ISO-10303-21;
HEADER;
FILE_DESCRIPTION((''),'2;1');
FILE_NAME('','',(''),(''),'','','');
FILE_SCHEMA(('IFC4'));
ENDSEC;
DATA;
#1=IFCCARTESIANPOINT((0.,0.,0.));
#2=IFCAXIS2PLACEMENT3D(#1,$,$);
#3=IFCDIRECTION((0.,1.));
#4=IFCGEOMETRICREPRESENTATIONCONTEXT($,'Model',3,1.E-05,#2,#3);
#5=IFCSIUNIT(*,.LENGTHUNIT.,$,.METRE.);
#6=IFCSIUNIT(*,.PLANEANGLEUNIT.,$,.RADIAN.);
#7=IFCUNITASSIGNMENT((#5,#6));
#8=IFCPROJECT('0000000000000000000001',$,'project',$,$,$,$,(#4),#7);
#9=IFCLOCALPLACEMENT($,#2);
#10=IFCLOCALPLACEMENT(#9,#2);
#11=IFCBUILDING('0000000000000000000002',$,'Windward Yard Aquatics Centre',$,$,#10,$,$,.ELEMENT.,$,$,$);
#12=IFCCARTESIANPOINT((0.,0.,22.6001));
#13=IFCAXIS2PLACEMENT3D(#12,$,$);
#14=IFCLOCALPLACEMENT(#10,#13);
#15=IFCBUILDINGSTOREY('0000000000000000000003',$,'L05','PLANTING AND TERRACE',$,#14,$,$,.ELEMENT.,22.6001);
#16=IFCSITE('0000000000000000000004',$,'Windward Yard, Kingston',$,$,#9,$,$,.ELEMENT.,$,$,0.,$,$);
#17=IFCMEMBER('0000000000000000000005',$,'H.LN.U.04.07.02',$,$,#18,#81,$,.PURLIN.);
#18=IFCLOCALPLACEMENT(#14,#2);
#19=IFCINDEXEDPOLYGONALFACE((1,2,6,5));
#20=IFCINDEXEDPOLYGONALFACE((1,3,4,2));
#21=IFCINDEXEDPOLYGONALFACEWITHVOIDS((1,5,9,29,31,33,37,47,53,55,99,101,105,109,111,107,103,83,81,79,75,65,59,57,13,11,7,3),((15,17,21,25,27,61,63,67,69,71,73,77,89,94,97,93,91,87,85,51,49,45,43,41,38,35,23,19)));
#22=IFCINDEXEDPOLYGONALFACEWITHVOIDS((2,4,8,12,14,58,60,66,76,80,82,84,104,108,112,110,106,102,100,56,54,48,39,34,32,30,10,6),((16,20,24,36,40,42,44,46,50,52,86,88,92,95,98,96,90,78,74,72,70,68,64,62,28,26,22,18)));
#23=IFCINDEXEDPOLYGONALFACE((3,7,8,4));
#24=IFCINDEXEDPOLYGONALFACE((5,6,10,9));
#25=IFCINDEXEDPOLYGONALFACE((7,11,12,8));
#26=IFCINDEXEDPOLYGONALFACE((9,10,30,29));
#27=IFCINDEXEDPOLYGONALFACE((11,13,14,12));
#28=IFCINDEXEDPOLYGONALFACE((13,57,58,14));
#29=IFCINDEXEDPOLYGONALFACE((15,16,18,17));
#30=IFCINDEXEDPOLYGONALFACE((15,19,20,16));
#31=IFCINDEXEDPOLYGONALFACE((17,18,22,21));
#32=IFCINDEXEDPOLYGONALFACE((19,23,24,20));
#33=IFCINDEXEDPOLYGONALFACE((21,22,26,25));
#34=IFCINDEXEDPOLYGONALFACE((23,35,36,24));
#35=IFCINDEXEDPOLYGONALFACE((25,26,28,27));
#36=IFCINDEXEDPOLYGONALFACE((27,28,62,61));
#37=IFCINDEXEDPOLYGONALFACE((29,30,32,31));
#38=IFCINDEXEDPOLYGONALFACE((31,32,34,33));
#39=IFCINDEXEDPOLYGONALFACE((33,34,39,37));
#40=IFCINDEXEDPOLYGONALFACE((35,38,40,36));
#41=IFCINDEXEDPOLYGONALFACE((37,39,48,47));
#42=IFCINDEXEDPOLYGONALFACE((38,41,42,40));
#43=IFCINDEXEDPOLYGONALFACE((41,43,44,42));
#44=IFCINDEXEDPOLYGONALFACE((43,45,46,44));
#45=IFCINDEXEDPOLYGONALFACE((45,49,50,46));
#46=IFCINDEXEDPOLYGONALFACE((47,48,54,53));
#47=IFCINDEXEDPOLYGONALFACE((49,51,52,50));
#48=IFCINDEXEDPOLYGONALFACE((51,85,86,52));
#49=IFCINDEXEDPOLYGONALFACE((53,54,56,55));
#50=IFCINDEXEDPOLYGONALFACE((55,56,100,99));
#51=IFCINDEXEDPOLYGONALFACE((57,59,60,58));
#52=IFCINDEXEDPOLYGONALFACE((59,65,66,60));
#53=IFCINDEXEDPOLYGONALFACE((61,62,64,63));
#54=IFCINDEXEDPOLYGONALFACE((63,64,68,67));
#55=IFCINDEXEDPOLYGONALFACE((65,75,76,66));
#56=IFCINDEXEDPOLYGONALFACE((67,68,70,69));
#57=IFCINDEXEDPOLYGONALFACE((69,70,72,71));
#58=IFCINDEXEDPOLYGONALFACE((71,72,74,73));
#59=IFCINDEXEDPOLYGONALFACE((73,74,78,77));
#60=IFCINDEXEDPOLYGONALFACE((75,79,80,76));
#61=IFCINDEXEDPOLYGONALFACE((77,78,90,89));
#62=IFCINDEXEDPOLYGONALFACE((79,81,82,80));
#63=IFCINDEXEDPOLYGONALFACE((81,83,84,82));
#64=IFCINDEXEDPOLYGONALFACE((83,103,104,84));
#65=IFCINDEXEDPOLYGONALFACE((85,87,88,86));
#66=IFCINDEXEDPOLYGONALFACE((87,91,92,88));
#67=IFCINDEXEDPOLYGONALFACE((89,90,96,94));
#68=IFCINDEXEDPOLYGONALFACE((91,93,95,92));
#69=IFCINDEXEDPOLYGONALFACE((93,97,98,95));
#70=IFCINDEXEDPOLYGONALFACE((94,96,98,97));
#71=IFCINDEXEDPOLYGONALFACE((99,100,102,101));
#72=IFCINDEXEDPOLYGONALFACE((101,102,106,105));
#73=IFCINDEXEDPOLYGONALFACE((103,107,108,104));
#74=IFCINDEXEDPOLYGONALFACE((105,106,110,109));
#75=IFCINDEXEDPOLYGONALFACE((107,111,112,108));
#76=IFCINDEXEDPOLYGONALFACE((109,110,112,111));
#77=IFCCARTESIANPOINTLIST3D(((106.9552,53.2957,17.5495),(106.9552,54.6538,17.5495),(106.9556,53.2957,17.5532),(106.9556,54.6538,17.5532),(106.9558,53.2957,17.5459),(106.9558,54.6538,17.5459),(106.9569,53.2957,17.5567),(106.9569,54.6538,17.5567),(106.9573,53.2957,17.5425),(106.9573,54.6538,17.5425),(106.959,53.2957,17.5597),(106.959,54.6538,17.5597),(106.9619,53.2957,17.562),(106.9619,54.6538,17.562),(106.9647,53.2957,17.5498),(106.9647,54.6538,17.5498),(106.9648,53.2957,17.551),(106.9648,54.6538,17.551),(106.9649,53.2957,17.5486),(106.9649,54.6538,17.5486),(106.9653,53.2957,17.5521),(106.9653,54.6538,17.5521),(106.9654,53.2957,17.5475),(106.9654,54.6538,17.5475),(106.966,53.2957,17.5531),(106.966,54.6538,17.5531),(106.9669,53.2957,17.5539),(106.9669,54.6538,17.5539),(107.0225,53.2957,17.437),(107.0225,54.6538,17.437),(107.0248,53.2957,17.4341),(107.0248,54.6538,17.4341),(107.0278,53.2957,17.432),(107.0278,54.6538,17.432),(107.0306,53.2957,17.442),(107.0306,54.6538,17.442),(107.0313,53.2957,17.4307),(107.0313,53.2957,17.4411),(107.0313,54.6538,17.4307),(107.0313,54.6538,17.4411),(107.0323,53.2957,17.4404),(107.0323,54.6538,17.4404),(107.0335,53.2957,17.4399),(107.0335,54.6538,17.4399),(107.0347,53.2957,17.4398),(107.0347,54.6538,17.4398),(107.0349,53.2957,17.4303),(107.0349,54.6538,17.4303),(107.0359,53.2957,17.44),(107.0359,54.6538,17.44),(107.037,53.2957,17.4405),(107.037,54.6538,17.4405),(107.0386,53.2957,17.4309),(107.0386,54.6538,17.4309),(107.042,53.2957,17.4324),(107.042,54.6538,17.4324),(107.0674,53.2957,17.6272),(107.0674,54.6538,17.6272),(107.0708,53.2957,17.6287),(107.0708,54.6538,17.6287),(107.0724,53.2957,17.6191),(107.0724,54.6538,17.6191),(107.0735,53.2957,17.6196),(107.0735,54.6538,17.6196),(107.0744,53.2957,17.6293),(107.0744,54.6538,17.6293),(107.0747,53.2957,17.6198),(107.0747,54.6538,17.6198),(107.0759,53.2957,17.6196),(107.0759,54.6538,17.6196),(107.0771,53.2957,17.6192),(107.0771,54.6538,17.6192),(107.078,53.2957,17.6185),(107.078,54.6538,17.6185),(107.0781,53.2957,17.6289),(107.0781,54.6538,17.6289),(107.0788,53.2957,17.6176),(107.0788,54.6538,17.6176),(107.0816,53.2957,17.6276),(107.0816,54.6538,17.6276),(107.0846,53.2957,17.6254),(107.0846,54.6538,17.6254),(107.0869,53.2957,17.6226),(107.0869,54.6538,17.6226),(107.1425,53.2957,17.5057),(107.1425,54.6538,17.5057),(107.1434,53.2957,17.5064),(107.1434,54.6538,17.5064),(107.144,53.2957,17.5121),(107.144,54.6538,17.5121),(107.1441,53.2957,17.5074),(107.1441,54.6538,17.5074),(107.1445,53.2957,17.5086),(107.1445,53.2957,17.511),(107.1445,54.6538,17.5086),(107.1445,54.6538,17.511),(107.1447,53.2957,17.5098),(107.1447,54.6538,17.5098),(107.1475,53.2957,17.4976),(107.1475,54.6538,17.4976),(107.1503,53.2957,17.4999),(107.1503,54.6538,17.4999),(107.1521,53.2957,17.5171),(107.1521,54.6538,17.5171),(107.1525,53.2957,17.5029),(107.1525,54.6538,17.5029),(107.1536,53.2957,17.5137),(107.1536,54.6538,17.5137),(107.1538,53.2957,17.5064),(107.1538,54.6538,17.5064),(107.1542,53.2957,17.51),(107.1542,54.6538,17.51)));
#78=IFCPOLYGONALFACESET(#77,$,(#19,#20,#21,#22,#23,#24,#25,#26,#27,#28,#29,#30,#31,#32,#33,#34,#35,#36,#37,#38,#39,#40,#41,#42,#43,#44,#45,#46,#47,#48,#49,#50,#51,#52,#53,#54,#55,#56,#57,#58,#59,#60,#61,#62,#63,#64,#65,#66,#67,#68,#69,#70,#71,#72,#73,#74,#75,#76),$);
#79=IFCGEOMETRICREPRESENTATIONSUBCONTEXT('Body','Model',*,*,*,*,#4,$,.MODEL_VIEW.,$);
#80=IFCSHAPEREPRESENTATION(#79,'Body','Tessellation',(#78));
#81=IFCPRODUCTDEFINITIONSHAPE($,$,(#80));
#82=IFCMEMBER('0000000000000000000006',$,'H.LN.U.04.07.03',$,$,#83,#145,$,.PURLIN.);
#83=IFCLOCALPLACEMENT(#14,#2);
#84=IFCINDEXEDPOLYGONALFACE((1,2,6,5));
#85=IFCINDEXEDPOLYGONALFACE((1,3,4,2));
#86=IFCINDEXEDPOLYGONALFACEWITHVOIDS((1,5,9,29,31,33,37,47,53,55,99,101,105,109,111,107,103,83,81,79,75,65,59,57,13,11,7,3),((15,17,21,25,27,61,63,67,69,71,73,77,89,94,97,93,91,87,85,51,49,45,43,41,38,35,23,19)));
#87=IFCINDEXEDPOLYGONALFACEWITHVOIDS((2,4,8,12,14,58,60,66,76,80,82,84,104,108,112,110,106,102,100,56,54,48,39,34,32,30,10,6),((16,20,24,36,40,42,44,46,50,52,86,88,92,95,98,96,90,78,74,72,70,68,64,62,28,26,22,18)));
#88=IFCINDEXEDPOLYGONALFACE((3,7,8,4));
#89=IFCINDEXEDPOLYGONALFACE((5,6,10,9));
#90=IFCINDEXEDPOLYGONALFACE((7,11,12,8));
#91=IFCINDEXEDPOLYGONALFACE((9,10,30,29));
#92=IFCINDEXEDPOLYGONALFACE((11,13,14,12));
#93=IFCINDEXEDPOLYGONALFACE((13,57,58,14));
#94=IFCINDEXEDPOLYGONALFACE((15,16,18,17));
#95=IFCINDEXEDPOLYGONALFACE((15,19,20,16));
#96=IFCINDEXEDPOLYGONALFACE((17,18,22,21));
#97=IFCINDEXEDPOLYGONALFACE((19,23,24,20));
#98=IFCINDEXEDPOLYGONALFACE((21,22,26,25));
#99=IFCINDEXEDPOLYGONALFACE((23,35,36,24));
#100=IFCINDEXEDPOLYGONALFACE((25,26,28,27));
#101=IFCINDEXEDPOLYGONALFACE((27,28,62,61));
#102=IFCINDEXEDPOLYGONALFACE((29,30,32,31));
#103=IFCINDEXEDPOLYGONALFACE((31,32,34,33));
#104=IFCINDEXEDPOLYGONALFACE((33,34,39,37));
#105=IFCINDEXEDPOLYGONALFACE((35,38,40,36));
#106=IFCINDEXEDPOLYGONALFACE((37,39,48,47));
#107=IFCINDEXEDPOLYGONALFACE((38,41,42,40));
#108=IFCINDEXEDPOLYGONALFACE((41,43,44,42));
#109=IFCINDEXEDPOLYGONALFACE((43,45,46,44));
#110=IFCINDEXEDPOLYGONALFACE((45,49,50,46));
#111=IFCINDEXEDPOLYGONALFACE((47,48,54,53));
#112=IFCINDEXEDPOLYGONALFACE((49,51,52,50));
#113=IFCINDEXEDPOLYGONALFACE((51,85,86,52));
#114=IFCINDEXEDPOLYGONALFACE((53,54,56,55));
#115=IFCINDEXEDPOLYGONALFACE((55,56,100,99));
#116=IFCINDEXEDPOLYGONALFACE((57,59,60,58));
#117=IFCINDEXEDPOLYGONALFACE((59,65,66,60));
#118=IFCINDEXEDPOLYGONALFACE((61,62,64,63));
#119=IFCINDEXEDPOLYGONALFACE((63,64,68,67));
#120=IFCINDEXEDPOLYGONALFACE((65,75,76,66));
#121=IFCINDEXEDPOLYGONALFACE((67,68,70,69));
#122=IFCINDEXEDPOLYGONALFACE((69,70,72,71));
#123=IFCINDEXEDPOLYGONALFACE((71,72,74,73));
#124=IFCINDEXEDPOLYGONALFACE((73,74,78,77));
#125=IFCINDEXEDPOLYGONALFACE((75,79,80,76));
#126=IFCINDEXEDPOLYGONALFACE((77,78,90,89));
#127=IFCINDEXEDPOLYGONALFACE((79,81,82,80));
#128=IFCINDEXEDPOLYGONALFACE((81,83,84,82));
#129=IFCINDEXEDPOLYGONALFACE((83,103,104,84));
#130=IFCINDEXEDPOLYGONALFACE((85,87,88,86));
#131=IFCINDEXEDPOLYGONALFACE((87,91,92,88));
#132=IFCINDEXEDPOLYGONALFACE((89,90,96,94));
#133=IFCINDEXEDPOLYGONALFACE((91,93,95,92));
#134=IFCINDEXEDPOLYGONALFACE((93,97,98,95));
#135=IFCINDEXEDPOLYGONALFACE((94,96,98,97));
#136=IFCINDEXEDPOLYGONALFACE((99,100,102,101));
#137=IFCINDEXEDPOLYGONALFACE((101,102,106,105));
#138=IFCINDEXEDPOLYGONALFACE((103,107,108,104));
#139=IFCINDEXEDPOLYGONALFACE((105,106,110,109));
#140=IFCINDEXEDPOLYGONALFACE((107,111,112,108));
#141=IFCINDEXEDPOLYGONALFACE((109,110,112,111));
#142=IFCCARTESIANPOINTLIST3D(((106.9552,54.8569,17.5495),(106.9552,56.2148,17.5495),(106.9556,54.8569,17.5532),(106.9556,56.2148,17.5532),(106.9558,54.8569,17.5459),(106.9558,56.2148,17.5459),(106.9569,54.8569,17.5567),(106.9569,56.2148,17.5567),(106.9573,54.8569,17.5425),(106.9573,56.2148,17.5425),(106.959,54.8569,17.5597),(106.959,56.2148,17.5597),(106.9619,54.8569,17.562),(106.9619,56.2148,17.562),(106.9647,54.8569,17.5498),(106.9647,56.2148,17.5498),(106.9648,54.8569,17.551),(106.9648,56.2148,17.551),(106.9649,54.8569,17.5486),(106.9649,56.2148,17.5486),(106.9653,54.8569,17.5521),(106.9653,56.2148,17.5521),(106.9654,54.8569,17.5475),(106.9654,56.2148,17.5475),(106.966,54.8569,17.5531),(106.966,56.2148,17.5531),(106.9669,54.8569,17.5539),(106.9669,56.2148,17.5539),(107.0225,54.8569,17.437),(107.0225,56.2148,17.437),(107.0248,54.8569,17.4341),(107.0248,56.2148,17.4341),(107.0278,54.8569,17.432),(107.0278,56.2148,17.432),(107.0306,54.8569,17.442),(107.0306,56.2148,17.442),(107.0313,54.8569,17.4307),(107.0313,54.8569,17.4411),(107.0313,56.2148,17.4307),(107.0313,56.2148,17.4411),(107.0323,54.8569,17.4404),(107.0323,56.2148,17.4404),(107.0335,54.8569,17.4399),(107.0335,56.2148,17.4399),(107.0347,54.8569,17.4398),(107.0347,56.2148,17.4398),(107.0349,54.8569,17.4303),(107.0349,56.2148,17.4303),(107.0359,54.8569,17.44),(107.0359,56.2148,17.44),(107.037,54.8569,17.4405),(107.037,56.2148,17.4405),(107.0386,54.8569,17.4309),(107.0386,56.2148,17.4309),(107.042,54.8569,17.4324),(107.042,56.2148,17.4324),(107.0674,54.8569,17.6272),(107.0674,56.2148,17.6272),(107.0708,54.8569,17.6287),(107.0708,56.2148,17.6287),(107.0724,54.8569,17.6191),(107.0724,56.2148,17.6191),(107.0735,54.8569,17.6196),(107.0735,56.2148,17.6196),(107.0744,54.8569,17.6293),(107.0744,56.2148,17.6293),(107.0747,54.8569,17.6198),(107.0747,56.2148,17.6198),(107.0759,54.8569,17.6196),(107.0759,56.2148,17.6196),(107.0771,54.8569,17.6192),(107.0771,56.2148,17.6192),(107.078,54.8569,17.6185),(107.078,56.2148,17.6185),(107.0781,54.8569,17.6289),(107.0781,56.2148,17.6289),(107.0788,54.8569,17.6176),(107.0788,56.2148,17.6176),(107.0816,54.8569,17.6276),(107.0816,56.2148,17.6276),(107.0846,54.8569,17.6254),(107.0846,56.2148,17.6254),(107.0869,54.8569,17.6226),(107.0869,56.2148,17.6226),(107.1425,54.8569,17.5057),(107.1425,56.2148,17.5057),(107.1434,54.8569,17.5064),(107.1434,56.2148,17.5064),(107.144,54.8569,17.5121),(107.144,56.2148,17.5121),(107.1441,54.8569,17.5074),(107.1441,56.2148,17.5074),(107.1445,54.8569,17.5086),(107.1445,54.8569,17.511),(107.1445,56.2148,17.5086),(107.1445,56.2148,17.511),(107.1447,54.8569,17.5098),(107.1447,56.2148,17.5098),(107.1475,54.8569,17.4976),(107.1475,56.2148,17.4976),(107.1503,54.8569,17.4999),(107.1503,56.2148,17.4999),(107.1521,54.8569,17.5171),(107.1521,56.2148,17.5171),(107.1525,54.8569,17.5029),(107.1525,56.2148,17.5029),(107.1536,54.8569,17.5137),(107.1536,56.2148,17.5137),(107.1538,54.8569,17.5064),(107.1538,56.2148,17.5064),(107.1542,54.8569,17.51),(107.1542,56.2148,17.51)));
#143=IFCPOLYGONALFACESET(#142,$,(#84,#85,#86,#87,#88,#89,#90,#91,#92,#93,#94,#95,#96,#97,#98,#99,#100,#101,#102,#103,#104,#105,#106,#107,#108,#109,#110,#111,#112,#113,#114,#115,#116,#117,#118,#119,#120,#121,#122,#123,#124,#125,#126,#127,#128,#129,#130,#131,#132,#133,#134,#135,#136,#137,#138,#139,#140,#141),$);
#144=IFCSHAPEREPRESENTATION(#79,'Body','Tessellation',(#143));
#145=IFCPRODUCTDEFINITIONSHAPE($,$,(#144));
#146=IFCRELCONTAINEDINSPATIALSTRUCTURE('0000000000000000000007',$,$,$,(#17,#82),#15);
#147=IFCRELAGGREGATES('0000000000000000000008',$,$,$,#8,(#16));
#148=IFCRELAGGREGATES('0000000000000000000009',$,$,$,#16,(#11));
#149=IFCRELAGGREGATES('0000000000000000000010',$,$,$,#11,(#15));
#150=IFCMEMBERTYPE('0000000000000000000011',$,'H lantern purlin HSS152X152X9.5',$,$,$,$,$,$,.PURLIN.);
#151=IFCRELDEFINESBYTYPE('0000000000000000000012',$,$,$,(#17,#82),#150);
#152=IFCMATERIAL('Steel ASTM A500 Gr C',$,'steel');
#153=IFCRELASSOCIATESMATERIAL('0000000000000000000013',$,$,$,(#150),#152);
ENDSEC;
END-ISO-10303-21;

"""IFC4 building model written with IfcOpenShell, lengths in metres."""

from ifc_helpers import new_model, si_unit, direction, frame, origin, origin_2d, place, context, subcontext, project, spatial, hollow_rectangle, extrude, material, material_profile, profile_set, type_object, element, save


model = new_model("IFC4")

# Units and contexts
model_context = context("Model", 3, precision=1e-05, world=origin(), true_north=direction((0.0, 1.0)))
body_context = subcontext(model_context, "Body", "Model", "MODEL_VIEW")
ifc_project = project(units=[si_unit("LENGTHUNIT", "METRE"), si_unit("PLANEANGLEUNIT", "RADIAN")], contexts=[model_context])

# Site, building, storey
site_placement = place(None, origin())
site = spatial("IfcSite", under=ifc_project, at=site_placement, Name="Windward Yard, Kingston", CompositionType="ELEMENT", RefElevation=0.0)
building_placement = place(site_placement, origin())
building = spatial("IfcBuilding", under=site, at=building_placement, Name="Windward Yard Aquatics Centre", CompositionType="ELEMENT")
storey_placement = place(building_placement, frame((0.0, 0.0, 22.6001)))
storey = spatial("IfcBuildingStorey", under=building, at=storey_placement, Name="L05", Description="PLANTING AND TERRACE", CompositionType="ELEMENT", Elevation=22.6001)

# Members
ifc_material_1 = material(Name="Steel ASTM A500 Gr C", Category="steel")
ifc_material_profile = material_profile(ifc_material_1, hollow_rectangle(XDim=0.1523, YDim=0.1523, WallThickness=0.0095, InnerFilletRadius=0.0046, OuterFilletRadius=0.0142, at=origin_2d()), Name="HSS152X152X9.5")
ifc_profile_set = profile_set([ifc_material_profile], Name="Steel ASTM A500 Gr C")
member_type = type_object("IfcMemberType", Name="H lantern purlin HSS152X152X9.5", PredefinedType="PURLIN", material=ifc_profile_set)
member_1_placement = place(storey_placement, frame((107.0547, 53.2957, 17.5298), z_axis=(0.0, 1.0, 0.0), x_axis=(-0.850755, 0.0, -0.525562)))
element("IfcMember", 1, at=member_1_placement, inside=storey, type_object=member_type, Name="H.LN.U.04.07.02", PredefinedType="PURLIN", context=body_context, shape_type="SweptSolid", body=[
    extrude(hollow_rectangle(XDim=0.1523, YDim=0.1523, WallThickness=0.0095, InnerFilletRadius=0.0046, OuterFilletRadius=0.0142, at=origin_2d()), origin(), (0.0, 0.0, 1.0), 1.3582),
])
member_2_placement = place(storey_placement, frame((107.0547, 54.8569, 17.5298), z_axis=(0.0, 1.0, 0.0), x_axis=(-0.850755, 0.0, -0.525562)))
element("IfcMember", 2, at=member_2_placement, inside=storey, type_object=member_type, Name="H.LN.U.04.07.03", PredefinedType="PURLIN", context=body_context, shape_type="SweptSolid", body=[
    extrude(hollow_rectangle(XDim=0.1523, YDim=0.1523, WallThickness=0.0095, InnerFilletRadius=0.0046, OuterFilletRadius=0.0142, at=origin_2d()), origin(), (0.0, 0.0, 1.0), 1.3579),
])

save(model, "model.ifc")
